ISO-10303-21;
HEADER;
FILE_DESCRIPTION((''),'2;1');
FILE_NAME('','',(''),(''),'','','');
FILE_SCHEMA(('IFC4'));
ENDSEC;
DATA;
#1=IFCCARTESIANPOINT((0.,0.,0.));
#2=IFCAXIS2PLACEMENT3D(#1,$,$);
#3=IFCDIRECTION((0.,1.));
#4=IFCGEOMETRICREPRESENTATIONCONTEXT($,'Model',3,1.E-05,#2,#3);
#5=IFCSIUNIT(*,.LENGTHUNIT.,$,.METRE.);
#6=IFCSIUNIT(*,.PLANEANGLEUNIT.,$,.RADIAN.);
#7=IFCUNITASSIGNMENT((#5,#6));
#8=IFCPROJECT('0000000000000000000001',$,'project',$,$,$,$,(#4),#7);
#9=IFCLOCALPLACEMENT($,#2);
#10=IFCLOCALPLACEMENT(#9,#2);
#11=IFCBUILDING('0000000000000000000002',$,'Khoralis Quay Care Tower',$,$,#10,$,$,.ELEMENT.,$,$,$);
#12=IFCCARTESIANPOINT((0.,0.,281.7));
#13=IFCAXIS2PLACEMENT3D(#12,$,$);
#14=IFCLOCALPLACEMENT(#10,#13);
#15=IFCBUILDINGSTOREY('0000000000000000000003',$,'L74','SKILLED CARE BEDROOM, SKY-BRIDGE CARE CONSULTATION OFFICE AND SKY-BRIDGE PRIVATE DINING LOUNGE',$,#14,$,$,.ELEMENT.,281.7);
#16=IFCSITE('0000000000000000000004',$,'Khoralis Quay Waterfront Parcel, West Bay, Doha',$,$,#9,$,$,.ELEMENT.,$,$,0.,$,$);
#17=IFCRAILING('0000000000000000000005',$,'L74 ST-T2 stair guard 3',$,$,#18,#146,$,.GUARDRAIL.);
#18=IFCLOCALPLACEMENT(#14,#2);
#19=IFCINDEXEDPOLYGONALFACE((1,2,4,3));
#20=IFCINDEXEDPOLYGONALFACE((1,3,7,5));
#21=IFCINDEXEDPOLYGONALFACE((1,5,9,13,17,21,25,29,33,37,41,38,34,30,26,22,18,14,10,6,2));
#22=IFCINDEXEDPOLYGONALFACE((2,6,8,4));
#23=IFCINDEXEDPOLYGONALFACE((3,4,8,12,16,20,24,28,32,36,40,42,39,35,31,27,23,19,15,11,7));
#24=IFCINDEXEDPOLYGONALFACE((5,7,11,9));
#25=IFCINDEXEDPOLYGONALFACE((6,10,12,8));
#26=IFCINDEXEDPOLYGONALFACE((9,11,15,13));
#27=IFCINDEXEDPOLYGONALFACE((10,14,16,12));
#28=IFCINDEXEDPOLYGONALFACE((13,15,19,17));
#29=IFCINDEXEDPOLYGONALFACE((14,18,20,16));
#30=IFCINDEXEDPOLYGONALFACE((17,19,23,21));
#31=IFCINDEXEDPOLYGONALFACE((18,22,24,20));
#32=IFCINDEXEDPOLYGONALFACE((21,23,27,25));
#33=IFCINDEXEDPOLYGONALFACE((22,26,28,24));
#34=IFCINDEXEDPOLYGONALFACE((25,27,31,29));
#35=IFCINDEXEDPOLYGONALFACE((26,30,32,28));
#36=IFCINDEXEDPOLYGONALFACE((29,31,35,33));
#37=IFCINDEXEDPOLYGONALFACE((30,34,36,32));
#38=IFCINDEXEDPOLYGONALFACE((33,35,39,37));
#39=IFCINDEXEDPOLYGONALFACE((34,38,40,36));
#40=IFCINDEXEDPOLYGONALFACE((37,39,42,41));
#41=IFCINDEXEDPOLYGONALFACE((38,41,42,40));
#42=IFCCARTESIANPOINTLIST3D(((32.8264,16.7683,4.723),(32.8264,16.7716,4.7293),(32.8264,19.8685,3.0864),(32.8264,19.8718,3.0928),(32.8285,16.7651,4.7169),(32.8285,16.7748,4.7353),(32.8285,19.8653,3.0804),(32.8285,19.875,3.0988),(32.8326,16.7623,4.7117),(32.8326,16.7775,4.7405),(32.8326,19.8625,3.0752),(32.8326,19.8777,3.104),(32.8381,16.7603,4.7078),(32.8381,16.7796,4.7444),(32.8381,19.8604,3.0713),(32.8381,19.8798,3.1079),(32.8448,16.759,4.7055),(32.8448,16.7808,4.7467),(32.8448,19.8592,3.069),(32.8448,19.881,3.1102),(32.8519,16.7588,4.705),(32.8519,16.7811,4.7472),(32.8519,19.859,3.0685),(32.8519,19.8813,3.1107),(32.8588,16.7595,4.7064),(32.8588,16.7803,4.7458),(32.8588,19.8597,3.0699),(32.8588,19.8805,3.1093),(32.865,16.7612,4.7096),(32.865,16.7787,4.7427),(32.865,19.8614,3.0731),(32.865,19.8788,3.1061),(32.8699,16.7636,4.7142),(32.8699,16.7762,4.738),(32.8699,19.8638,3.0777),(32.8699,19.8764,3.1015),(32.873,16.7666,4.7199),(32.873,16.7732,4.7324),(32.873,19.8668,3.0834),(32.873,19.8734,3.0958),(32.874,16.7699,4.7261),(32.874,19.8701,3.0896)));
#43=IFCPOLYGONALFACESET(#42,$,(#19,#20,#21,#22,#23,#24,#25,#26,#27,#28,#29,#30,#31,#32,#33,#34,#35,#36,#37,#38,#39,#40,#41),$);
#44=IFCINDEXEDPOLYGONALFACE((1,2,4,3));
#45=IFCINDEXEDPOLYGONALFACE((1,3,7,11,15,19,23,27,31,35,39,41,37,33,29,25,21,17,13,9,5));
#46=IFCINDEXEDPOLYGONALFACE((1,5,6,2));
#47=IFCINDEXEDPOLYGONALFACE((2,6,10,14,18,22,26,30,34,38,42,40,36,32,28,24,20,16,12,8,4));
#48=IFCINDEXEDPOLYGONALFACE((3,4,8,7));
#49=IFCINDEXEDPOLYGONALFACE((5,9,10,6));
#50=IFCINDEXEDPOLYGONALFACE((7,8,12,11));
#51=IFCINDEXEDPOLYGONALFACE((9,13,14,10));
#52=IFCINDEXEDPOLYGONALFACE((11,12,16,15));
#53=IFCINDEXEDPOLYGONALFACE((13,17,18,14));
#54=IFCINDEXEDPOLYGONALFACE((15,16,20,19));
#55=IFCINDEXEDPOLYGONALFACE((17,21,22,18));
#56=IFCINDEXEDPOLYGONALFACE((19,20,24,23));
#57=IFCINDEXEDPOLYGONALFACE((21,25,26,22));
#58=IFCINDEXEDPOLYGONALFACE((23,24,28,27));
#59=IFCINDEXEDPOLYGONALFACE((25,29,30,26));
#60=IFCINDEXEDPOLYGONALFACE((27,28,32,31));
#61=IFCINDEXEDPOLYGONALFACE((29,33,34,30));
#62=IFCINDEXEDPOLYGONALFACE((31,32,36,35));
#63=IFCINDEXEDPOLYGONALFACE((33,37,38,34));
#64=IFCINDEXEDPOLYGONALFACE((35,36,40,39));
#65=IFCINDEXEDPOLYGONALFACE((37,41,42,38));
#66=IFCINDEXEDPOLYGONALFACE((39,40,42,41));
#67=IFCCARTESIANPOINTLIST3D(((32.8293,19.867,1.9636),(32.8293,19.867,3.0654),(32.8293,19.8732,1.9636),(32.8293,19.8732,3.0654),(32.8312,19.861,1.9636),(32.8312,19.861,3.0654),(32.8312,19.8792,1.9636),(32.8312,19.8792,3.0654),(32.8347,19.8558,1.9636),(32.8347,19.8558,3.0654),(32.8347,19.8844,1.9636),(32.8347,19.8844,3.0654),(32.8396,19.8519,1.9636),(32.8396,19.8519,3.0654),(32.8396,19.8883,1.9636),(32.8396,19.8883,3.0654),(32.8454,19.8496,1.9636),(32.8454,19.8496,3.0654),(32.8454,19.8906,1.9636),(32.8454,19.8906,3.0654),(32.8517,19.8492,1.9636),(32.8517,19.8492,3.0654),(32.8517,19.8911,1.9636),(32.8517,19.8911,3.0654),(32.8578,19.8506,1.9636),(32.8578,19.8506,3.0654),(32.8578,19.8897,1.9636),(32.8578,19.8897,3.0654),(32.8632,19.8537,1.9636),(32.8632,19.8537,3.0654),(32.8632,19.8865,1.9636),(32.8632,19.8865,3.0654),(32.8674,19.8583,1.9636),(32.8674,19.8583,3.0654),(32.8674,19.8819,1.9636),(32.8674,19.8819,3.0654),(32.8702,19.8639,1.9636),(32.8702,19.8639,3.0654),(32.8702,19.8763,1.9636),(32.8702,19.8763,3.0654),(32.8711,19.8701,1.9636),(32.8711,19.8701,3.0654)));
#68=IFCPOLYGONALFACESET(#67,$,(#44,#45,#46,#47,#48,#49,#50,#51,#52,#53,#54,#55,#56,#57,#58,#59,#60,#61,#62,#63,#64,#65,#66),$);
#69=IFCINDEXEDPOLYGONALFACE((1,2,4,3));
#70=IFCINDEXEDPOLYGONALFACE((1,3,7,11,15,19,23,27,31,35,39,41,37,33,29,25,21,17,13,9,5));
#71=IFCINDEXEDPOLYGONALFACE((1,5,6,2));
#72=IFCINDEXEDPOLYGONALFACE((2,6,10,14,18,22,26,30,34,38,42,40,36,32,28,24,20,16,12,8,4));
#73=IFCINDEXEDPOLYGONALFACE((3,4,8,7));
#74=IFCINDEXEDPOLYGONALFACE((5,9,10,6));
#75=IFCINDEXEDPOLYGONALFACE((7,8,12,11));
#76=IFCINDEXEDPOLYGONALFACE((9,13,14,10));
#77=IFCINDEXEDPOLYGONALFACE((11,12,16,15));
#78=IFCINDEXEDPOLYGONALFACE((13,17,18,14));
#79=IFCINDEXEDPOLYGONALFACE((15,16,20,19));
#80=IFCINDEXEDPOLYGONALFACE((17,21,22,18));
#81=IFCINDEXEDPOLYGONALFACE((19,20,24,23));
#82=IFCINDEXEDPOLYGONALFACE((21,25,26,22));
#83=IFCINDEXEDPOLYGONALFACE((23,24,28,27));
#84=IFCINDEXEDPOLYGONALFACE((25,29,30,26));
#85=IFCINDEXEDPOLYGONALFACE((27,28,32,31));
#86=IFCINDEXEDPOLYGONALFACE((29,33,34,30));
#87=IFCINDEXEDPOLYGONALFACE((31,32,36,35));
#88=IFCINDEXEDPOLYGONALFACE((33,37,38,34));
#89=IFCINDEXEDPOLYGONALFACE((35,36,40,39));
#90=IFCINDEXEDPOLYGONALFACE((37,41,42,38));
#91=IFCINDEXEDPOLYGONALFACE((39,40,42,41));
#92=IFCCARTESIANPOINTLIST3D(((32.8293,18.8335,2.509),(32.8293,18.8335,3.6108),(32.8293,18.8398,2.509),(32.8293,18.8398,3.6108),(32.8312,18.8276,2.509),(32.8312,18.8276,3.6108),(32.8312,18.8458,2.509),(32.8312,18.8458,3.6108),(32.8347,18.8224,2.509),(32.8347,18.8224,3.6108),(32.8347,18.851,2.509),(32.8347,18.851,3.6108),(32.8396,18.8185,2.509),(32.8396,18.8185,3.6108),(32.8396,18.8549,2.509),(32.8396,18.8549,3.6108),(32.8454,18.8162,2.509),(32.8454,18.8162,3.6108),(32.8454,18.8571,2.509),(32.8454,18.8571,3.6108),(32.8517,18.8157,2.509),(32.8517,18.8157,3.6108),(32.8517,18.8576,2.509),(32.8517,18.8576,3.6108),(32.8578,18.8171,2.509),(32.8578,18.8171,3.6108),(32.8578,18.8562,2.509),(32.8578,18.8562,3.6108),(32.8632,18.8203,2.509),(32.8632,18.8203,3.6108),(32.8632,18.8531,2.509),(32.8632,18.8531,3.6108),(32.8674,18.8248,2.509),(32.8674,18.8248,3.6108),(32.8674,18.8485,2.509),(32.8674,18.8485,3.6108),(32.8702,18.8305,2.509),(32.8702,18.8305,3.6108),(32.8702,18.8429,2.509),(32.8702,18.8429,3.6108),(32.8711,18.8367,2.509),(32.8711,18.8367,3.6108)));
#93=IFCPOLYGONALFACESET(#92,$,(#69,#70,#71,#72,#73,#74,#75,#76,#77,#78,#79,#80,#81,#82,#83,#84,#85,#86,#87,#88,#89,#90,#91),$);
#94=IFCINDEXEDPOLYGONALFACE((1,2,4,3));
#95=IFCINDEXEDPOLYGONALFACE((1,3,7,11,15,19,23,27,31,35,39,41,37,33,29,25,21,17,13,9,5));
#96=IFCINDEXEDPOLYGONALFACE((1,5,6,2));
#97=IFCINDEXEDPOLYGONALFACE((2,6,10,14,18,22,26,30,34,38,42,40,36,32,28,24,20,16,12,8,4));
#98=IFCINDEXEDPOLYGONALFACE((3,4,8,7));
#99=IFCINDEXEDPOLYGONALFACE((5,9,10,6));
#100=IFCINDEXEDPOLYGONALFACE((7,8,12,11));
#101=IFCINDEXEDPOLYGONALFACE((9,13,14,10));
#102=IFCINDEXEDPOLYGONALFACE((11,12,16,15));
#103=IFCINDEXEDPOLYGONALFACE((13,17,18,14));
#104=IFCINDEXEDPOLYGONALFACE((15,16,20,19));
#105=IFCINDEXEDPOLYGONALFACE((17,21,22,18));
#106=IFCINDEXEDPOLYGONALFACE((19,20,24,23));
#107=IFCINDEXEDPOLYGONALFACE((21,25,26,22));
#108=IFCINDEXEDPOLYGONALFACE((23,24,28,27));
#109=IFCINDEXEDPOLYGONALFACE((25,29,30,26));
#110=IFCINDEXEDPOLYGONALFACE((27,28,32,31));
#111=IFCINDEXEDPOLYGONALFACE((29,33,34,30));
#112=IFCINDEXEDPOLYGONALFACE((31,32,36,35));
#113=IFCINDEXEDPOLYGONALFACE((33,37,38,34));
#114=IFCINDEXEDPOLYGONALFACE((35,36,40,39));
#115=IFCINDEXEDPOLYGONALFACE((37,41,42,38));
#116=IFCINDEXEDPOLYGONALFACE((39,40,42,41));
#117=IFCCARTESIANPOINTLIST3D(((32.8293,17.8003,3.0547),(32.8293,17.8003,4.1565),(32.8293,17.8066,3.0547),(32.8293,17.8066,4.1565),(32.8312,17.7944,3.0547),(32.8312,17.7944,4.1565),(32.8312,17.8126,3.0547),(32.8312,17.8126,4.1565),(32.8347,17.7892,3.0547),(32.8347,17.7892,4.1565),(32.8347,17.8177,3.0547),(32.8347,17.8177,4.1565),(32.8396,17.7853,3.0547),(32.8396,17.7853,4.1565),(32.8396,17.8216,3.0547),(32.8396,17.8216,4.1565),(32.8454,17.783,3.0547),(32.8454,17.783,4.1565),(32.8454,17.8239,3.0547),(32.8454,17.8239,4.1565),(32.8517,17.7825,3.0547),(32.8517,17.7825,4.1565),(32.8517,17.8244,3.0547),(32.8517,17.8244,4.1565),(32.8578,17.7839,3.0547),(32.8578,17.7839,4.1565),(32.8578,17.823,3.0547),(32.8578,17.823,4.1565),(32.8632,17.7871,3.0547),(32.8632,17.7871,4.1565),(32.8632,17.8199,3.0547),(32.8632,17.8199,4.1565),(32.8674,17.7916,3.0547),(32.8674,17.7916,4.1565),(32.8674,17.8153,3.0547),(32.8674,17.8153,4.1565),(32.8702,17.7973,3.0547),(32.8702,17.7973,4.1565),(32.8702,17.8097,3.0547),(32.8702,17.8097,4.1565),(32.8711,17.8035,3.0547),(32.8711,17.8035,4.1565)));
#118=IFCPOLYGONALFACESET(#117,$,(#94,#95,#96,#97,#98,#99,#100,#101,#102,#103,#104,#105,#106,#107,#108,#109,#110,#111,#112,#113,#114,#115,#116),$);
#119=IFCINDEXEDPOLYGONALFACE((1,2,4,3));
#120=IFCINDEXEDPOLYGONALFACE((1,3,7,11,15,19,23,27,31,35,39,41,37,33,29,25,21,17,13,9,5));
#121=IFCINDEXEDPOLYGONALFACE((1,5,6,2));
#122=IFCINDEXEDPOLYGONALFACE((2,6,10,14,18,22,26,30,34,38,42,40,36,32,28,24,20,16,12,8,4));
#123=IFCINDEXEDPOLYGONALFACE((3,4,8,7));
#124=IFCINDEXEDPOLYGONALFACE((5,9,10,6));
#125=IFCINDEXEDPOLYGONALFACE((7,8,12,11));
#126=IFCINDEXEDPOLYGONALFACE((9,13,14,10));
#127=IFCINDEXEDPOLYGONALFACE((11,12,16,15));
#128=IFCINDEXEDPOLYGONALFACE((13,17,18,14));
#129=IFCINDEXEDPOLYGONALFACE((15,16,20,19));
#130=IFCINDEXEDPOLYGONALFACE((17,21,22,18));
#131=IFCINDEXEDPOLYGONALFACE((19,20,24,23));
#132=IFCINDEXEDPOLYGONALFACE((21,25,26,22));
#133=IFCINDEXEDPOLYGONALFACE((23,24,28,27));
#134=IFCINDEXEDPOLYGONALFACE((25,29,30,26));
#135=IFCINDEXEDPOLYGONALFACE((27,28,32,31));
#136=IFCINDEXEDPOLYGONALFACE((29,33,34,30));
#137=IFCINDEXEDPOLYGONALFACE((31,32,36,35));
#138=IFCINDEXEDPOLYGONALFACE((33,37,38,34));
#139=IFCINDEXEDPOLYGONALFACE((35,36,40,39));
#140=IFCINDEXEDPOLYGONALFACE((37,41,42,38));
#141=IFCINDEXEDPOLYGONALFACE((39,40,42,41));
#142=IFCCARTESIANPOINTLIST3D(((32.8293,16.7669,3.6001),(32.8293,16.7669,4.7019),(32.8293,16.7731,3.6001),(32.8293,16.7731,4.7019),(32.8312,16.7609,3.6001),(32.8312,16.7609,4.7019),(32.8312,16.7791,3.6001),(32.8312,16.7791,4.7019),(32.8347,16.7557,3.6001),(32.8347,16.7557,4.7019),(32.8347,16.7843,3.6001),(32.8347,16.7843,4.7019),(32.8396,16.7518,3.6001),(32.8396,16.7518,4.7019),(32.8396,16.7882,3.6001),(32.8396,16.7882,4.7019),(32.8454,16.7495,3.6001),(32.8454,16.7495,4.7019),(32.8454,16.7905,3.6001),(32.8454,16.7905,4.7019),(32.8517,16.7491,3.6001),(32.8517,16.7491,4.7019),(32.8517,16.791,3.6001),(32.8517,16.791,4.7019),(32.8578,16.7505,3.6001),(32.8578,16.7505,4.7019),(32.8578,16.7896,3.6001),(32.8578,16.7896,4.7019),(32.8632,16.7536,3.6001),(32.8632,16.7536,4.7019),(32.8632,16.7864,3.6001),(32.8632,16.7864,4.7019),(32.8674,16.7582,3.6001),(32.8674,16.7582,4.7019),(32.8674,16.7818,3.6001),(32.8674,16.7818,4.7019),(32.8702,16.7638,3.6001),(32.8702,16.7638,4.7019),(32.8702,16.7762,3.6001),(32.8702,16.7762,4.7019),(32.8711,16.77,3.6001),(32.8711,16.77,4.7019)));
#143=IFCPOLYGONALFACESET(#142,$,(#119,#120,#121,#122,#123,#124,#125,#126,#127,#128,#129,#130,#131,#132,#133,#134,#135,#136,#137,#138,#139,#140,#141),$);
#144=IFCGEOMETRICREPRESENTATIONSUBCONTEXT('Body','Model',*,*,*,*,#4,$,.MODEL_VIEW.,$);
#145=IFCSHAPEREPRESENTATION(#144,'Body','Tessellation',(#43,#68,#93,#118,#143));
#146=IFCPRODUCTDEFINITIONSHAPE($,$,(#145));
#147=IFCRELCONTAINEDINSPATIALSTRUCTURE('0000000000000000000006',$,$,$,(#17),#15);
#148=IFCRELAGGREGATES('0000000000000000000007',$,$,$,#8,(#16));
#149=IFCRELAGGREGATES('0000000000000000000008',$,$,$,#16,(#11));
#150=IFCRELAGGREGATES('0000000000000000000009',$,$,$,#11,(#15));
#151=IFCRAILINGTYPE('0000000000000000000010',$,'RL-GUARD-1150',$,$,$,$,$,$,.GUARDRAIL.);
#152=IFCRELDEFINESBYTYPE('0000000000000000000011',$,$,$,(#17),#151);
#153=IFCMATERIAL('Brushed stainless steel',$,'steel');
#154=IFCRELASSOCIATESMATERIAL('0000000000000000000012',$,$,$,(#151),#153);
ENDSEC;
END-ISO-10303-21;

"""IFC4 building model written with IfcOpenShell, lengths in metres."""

from ifc_helpers import new_model, si_unit, direction, frame, origin, origin_2d, place, context, subcontext, project, spatial, circle, extrude, material, type_object, element, save


model = new_model("IFC4")

# Units and contexts
model_context = context("Model", 3, precision=1e-05, world=origin(), true_north=direction((0.0, 1.0)))
body_context = subcontext(model_context, "Body", "Model", "MODEL_VIEW")
ifc_project = project(units=[si_unit("LENGTHUNIT", "METRE"), si_unit("PLANEANGLEUNIT", "RADIAN")], contexts=[model_context])

# Site, building, storey
site_placement = place(None, origin())
site = spatial("IfcSite", under=ifc_project, at=site_placement, Name="Khoralis Quay Waterfront Parcel, West Bay, Doha", CompositionType="ELEMENT", RefElevation=0.0)
building_placement = place(site_placement, origin())
building = spatial("IfcBuilding", under=site, at=building_placement, Name="Khoralis Quay Care Tower", CompositionType="ELEMENT")
storey_placement = place(building_placement, frame((0.0, 0.0, 281.7)))
storey = spatial("IfcBuildingStorey", under=building, at=storey_placement, Name="L74", Description="SKILLED CARE BEDROOM, SKY-BRIDGE CARE CONSULTATION OFFICE AND SKY-BRIDGE PRIVATE DINING LOUNGE", CompositionType="ELEMENT", Elevation=281.7)

# Shared definitions
ifc_material_1 = material(Name="Brushed stainless steel", Category="steel")

# Railing
railing_type_1 = type_object("IfcRailingType", Name="RL-GUARD-1150", PredefinedType="GUARDRAIL", material=ifc_material_1)
railing_1_placement = place(storey_placement, frame((32.8501, 19.8701, 1.9636)))
element("IfcRailing", 1, at=railing_1_placement, inside=storey, type_object=railing_type_1, Name="L74 ST-T2 stair guard 3", PredefinedType="GUARDRAIL", context=body_context, shape_type="SweptSolid", body=[
    extrude(circle(Radius=0.0239, at=origin_2d()), frame((0.0, 0.0, 1.126), z_axis=(0.0, -0.884348, 0.466828), x_axis=(1.0, 0.0, 0.0)), (0.0, 0.0, 1.0), 3.5056),
    extrude(circle(Radius=0.021, at=origin_2d()), origin(), (0.0, 0.0, 1.0), 1.1018),
    extrude(circle(Radius=0.021, at=origin_2d()), frame((0.0, -1.0334, 0.5454)), (0.0, 0.0, 1.0), 1.1018),
    extrude(circle(Radius=0.021, at=origin_2d()), frame((0.0, -2.0667, 1.0911)), (0.0, 0.0, 1.0), 1.1018),
    extrude(circle(Radius=0.021, at=origin_2d()), frame((0.0, -3.1001, 1.6365)), (0.0, 0.0, 1.0), 1.1018),
])

save(model, "model.ifc")
